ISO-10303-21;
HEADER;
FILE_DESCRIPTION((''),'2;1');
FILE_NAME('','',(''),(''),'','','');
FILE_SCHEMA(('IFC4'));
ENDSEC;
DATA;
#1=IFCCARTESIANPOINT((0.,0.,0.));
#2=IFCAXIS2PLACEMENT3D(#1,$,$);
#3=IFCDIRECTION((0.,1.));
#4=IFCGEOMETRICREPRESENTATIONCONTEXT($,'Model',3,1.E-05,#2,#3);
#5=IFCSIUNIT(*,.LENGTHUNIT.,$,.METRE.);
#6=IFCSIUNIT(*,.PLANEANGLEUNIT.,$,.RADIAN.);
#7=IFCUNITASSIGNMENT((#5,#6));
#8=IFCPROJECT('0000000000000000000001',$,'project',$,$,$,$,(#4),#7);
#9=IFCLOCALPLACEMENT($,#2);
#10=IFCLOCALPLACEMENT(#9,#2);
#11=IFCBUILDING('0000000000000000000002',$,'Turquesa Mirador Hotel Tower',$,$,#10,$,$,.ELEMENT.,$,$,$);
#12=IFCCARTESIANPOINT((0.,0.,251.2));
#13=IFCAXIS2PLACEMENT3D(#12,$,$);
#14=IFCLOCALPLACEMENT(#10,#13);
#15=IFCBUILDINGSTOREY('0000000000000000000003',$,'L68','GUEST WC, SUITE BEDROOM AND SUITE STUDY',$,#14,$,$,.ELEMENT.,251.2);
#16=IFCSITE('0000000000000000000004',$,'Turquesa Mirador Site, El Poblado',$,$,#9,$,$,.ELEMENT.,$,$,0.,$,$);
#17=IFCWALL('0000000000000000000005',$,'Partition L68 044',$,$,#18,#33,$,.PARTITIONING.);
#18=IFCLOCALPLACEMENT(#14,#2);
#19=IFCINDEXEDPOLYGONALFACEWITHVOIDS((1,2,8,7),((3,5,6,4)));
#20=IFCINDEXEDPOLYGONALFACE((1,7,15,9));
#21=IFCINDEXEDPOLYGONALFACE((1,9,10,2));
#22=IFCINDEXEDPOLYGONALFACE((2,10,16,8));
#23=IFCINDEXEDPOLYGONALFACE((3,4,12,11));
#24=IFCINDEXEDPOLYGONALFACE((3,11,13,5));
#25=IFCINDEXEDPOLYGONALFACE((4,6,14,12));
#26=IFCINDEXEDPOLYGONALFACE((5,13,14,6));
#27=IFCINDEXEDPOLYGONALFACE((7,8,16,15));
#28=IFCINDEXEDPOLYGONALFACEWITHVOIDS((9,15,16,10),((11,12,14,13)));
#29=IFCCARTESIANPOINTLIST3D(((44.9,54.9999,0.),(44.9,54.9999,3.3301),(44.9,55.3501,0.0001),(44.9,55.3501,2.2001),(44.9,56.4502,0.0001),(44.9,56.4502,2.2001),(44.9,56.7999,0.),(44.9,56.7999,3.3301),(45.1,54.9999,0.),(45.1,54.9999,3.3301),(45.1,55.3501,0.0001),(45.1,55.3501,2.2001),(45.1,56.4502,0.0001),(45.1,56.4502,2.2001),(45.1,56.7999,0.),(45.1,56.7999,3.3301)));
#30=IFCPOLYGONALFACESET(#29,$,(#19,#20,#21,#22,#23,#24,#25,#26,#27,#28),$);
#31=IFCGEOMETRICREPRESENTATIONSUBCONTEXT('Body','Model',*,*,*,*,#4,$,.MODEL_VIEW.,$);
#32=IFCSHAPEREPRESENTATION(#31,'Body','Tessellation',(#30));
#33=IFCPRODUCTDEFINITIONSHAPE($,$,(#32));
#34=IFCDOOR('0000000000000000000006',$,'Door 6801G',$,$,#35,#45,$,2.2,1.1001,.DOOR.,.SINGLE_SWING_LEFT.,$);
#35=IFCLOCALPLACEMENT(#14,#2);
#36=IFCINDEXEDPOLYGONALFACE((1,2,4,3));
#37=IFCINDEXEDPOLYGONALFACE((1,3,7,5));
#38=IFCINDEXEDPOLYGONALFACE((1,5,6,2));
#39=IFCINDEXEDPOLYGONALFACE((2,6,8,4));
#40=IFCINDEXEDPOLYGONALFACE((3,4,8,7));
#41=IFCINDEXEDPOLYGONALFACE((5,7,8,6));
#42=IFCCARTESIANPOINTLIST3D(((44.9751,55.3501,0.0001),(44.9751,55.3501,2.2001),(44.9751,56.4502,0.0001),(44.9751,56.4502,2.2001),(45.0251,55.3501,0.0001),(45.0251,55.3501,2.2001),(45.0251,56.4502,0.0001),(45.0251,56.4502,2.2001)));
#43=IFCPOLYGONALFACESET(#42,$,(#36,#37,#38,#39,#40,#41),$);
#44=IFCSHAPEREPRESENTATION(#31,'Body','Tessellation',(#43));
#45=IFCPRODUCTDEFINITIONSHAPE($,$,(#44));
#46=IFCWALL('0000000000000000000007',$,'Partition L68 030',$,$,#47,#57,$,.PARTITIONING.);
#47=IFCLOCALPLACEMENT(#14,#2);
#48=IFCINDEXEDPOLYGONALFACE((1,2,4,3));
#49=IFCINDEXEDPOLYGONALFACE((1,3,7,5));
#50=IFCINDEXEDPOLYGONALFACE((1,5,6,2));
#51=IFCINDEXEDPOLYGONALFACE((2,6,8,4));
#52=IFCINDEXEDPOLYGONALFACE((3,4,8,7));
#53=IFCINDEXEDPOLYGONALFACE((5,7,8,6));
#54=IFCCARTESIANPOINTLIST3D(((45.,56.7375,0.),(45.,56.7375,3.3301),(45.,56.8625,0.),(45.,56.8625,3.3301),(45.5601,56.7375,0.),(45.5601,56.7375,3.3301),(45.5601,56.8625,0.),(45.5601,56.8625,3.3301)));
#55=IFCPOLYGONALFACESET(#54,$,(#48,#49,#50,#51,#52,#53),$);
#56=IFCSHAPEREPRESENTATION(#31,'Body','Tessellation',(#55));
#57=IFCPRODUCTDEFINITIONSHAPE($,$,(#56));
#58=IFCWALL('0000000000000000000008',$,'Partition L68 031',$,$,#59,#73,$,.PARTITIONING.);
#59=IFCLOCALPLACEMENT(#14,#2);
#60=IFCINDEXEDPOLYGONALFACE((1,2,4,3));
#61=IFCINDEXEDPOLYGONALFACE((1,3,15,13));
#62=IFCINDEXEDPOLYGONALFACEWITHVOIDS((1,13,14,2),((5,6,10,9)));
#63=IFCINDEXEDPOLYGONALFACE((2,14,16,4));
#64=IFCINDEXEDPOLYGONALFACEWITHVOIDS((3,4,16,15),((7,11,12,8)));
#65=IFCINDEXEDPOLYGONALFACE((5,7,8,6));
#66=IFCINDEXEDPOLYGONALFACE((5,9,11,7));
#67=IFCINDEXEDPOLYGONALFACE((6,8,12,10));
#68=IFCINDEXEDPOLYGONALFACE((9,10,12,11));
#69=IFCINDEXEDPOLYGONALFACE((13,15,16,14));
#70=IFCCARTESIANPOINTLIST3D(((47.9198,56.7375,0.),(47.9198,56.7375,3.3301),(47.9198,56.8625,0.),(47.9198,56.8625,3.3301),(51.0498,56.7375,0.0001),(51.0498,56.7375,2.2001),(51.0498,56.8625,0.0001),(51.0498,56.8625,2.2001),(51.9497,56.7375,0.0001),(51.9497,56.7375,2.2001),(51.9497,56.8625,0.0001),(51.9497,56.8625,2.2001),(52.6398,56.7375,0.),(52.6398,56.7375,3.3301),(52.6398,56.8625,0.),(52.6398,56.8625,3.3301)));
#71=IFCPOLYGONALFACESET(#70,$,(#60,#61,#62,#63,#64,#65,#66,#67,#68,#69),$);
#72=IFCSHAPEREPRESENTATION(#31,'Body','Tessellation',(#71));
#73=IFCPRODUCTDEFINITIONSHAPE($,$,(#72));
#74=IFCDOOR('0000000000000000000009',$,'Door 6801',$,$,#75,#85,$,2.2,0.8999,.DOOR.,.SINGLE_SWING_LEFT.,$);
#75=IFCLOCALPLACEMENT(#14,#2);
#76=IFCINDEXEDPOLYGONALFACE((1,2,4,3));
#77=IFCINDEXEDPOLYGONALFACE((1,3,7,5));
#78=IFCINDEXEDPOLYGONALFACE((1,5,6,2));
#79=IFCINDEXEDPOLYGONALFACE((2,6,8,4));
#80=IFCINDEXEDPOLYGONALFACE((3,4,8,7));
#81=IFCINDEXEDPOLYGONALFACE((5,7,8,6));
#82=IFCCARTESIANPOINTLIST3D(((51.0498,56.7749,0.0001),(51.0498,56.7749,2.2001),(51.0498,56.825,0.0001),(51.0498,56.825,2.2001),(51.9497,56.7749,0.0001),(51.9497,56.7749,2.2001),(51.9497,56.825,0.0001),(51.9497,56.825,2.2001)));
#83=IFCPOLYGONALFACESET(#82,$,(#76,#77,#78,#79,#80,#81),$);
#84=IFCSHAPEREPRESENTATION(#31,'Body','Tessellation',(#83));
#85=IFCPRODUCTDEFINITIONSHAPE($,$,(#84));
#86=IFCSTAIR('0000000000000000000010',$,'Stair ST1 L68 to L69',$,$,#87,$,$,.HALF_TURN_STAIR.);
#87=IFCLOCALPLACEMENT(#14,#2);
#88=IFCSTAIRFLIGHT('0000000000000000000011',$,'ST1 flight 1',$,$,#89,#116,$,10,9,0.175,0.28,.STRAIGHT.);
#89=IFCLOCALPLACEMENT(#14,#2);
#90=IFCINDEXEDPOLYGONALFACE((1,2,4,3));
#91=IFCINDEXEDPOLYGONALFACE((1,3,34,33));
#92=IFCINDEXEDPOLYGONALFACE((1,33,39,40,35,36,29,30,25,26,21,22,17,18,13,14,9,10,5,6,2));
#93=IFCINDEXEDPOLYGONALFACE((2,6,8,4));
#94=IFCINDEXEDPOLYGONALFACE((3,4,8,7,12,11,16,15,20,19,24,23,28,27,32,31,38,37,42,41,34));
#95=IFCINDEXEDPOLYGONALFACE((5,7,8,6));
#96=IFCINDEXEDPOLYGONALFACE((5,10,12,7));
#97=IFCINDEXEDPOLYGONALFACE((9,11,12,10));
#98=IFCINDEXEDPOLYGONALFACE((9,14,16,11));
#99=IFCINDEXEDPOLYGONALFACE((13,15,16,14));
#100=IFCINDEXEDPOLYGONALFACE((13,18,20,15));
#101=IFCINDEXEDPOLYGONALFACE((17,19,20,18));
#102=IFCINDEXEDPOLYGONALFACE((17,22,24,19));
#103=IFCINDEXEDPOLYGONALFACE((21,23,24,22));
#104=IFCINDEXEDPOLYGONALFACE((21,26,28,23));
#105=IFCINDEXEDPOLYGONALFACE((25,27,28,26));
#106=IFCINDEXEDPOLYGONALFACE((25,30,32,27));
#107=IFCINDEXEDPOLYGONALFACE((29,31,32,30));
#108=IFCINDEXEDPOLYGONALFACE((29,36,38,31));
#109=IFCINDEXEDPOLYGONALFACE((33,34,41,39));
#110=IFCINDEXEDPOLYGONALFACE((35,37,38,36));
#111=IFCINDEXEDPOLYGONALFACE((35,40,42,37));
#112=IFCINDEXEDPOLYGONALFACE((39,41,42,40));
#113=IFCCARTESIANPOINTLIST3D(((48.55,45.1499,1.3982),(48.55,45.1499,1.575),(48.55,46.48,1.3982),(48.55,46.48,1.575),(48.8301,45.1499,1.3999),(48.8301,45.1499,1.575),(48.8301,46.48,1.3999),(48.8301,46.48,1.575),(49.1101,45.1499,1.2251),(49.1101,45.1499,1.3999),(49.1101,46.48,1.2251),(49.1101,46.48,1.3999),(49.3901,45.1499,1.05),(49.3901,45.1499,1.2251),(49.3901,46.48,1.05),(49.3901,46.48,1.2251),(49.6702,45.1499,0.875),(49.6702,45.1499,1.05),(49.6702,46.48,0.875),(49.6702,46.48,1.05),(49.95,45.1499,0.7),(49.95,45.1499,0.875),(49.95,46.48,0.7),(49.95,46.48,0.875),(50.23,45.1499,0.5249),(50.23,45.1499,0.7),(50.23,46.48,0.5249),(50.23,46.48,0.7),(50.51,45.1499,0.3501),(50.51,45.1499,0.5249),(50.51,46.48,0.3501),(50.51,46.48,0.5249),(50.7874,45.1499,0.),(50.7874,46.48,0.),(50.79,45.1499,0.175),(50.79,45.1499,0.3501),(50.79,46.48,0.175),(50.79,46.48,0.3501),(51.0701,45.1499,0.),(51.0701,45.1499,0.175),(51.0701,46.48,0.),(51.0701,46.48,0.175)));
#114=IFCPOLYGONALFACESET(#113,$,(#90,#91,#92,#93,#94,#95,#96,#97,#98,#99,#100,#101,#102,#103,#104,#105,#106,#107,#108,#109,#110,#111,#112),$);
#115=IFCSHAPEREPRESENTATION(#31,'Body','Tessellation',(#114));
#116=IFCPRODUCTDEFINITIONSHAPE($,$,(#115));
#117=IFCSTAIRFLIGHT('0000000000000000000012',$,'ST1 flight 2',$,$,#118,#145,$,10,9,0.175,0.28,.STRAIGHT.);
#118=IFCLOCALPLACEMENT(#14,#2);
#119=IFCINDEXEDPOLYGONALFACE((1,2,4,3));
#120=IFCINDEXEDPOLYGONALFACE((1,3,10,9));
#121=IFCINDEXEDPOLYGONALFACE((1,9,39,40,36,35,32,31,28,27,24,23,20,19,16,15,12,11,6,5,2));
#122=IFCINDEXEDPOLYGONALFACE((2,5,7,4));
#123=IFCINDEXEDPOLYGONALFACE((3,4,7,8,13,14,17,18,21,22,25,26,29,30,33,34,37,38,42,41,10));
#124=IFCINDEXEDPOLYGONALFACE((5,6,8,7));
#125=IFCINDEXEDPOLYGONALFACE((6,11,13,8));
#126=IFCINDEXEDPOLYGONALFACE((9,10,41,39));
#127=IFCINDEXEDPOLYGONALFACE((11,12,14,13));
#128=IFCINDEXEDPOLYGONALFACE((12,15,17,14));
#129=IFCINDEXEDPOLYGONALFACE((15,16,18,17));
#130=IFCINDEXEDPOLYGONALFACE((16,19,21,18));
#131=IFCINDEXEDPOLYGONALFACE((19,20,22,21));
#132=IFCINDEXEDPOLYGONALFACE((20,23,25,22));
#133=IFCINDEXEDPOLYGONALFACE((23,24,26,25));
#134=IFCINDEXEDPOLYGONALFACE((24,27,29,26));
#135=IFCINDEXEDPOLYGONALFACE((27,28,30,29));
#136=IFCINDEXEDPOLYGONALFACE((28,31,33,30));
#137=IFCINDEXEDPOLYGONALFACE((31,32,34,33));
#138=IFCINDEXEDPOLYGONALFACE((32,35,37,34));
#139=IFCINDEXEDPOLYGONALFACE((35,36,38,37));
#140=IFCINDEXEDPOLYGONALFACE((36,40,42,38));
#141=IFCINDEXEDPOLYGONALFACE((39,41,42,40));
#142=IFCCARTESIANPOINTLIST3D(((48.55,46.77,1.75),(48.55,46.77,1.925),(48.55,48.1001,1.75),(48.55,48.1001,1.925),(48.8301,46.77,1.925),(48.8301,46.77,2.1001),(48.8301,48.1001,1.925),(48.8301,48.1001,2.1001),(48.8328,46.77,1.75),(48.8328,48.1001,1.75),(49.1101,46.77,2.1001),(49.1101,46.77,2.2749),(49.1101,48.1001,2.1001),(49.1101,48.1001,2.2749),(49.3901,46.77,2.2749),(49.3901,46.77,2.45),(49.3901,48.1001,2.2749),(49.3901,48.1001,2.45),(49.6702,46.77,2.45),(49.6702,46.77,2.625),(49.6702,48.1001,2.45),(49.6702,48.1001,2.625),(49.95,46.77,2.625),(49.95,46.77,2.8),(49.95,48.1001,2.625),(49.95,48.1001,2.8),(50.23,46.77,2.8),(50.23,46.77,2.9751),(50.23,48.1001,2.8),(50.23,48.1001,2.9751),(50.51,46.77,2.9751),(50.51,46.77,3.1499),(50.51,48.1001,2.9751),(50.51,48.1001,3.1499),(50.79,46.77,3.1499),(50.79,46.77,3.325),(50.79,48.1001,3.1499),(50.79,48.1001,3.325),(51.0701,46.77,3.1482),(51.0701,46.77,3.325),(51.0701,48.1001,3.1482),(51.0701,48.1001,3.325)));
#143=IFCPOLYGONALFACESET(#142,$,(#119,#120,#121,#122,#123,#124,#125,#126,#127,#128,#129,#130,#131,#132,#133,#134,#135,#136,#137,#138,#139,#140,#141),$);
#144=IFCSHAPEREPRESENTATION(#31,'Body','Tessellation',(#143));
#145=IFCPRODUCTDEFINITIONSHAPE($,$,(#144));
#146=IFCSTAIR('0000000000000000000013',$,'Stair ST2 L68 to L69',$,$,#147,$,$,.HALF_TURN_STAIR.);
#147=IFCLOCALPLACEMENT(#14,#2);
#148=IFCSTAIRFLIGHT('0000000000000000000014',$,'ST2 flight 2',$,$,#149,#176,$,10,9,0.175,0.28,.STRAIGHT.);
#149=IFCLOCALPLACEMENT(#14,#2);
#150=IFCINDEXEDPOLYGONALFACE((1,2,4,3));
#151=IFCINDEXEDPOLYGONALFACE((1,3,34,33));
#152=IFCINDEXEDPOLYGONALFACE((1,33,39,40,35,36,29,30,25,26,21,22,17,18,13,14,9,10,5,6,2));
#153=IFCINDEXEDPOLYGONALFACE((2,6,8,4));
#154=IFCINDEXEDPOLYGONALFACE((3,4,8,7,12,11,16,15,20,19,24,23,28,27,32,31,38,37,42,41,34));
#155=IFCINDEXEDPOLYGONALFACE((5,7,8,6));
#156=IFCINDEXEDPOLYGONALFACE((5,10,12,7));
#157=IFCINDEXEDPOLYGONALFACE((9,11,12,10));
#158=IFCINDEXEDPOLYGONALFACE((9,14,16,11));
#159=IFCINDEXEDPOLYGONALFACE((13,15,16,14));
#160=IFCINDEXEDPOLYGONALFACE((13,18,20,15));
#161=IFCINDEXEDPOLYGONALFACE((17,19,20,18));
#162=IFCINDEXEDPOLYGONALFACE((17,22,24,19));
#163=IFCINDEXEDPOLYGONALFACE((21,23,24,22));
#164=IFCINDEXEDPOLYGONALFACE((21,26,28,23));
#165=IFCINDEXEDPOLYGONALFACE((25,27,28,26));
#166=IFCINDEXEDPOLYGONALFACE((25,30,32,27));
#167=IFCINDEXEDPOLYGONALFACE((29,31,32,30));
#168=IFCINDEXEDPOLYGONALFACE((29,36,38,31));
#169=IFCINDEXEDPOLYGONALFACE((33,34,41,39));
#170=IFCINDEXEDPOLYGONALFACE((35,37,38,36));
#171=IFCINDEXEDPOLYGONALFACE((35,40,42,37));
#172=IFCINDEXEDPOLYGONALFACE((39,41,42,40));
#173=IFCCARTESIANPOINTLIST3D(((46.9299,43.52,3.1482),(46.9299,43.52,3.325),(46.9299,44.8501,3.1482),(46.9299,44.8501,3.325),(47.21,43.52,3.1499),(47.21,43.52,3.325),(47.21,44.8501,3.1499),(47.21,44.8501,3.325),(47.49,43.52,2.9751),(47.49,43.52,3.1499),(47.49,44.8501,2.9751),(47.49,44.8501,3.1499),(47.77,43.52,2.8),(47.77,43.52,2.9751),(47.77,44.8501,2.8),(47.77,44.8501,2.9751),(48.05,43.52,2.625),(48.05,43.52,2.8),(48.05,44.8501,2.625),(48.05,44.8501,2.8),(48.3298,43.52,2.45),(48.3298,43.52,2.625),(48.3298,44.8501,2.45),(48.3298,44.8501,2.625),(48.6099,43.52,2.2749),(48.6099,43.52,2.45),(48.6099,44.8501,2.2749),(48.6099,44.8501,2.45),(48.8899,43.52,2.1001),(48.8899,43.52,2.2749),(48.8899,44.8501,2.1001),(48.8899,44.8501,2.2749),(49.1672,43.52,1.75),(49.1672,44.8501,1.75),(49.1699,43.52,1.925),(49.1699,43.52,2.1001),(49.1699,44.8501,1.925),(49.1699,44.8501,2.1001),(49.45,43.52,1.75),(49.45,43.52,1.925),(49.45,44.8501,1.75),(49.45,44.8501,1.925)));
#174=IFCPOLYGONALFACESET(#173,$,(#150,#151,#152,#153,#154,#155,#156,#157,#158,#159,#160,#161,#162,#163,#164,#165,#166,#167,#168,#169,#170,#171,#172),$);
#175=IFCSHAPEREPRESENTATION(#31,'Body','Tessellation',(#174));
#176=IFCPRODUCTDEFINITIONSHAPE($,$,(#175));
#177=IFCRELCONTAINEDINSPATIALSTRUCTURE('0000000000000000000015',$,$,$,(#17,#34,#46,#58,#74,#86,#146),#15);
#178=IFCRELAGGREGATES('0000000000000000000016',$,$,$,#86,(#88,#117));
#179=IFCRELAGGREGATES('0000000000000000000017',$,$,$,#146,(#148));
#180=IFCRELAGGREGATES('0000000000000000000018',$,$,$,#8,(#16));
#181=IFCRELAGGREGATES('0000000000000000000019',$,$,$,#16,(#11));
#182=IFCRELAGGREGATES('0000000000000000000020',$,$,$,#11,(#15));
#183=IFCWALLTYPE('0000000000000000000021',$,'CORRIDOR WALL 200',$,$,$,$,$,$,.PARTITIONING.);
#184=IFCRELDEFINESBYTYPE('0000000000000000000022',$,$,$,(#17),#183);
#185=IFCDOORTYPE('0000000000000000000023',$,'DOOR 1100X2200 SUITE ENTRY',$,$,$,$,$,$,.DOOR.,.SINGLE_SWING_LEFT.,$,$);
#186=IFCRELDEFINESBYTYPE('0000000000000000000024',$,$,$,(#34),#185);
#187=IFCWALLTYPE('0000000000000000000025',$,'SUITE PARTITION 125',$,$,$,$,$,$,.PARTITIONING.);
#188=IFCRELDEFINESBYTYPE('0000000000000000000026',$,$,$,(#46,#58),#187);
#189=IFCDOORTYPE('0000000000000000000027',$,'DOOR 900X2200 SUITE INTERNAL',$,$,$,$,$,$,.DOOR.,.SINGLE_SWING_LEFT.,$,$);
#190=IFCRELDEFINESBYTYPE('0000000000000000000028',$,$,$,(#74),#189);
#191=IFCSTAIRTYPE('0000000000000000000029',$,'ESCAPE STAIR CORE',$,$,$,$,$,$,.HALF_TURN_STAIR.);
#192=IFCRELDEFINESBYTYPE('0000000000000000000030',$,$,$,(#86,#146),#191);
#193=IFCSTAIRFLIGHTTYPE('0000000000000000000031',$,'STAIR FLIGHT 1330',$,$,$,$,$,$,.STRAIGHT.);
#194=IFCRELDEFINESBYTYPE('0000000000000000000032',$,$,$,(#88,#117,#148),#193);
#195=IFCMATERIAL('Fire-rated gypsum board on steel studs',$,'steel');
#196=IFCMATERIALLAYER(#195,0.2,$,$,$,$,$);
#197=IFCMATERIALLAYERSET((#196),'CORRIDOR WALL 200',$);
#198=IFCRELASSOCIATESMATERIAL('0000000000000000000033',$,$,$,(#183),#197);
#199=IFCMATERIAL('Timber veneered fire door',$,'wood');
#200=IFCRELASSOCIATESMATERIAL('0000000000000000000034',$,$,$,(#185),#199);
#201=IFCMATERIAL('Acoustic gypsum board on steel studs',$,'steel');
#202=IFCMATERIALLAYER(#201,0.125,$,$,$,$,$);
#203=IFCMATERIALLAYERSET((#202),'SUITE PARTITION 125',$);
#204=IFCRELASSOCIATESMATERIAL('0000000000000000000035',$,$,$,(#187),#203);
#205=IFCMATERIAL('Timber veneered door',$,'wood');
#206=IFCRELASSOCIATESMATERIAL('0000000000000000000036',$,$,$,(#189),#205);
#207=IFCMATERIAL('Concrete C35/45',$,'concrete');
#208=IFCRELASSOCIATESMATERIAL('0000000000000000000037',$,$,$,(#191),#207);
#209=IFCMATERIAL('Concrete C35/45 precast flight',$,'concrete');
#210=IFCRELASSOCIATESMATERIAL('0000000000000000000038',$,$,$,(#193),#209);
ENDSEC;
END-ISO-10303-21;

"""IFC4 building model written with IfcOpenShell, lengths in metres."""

from ifc_helpers import new_model, si_unit, direction, frame, frame_2d, origin, place, context, subcontext, project, spatial, polyline, rectangle, outline, extrude, material, layer, layer_set, type_object, element, fill, aggregate, save


model = new_model("IFC4")

# Units and contexts
model_context = context("Model", 3, precision=1e-05, world=origin(), true_north=direction((0.0, 1.0)))
body_context = subcontext(model_context, "Body", "Model", "MODEL_VIEW")
ifc_project = project(units=[si_unit("LENGTHUNIT", "METRE"), si_unit("PLANEANGLEUNIT", "RADIAN")], contexts=[model_context])

# Site, building, storey
site_placement = place(None, origin())
site = spatial("IfcSite", under=ifc_project, at=site_placement, Name="Turquesa Mirador Site, El Poblado", CompositionType="ELEMENT", RefElevation=0.0)
building_placement = place(site_placement, origin())
building = spatial("IfcBuilding", under=site, at=building_placement, Name="Turquesa Mirador Hotel Tower", CompositionType="ELEMENT")
storey_placement = place(building_placement, frame((0.0, 0.0, 251.2)))
storey = spatial("IfcBuildingStorey", under=building, at=storey_placement, Name="L68", Description="GUEST WC, SUITE BEDROOM AND SUITE STUDY", CompositionType="ELEMENT", Elevation=251.2)

# Wall, opening, door
ifc_material_1 = material(Name="Fire-rated gypsum board on steel studs", Category="steel")
ifc_layer_1 = layer(ifc_material_1, 0.2)
ifc_layer_set_1 = layer_set([ifc_layer_1], Name="CORRIDOR WALL 200")
wall_type_1 = type_object("IfcWallType", Name="CORRIDOR WALL 200", PredefinedType="PARTITIONING", material=ifc_layer_set_1)
wall_1_placement = place(storey_placement, frame((45.0, 55.0, 0.0), z_axis=(0.0, 0.0, 1.0), x_axis=(0.0, 1.0, 0.0)))
wall_1 = element("IfcWall", 1, at=wall_1_placement, inside=storey, type_object=wall_type_1, Name="Partition L68 044", PredefinedType="PARTITIONING", context=body_context, shape_type="SweptSolid", body=[
    extrude(rectangle(XDim=1.8, YDim=0.2, at=frame_2d((0.8999, 0.0))), origin(), (0.0, 0.0, 1.0), 3.3301),
])
opening_1_placement = place(wall_1_placement, frame((0.3501, 0.0, 0.0)))
opening_1 = element("IfcOpeningElement", 2, at=opening_1_placement, cuts=wall_1, PredefinedType="OPENING", context=body_context, shape_type="SweptSolid", body=[
    extrude(rectangle(XDim=1.1001, YDim=2.2, at=frame_2d((0.55, 1.1001))), frame((0.0, 0.1099, 0.0), z_axis=(0.0, -1.0, 0.0), x_axis=(1.0, 0.0, 0.0)), (0.0, 0.0, 1.0), 0.22),
])
ifc_material_2 = material(Name="Timber veneered fire door", Category="wood")
door_type_1 = type_object("IfcDoorType", Name="DOOR 1100X2200 SUITE ENTRY", OperationType="SINGLE_SWING_LEFT", PredefinedType="DOOR", material=ifc_material_2)
door_1_placement = place(opening_1_placement, origin())
door_1 = element("IfcDoor", 3, at=door_1_placement, inside=storey, type_object=door_type_1, Name="Door 6801G", OperationType="SINGLE_SWING_LEFT", OverallHeight=2.2, OverallWidth=1.1001, PredefinedType="DOOR", context=body_context, shape_type="SweptSolid", body=[
    extrude(rectangle(XDim=1.1001, YDim=2.2, at=frame_2d((0.55, 1.1001))), frame((0.0, 0.0249, 0.0), z_axis=(0.0, -1.0, 0.0), x_axis=(1.0, 0.0, 0.0)), (0.0, 0.0, 1.0), 0.05),
])
fill(opening_1, door_1)

# Wall
ifc_material_3 = material(Name="Acoustic gypsum board on steel studs", Category="steel")
ifc_layer_2 = layer(ifc_material_3, 0.125)
ifc_layer_set_2 = layer_set([ifc_layer_2], Name="SUITE PARTITION 125")
wall_type_2 = type_object("IfcWallType", Name="SUITE PARTITION 125", PredefinedType="PARTITIONING", material=ifc_layer_set_2)
wall_2_placement = place(storey_placement, frame((45.0, 56.8, 0.0), z_axis=(0.0, 0.0, 1.0), x_axis=(1.0, 0.0, 0.0)))
element("IfcWall", 4, at=wall_2_placement, inside=storey, type_object=wall_type_2, Name="Partition L68 030", PredefinedType="PARTITIONING", context=body_context, shape_type="SweptSolid", body=[
    extrude(rectangle(XDim=0.5601, YDim=0.125, at=frame_2d((0.28, 0.0))), origin(), (0.0, 0.0, 1.0), 3.3301),
])

# Wall, opening, door
wall_3_placement = place(storey_placement, frame((47.9199, 56.8, 0.0), z_axis=(0.0, 0.0, 1.0), x_axis=(1.0, 0.0, 0.0)))
wall_3 = element("IfcWall", 5, at=wall_3_placement, inside=storey, type_object=wall_type_2, Name="Partition L68 031", PredefinedType="PARTITIONING", context=body_context, shape_type="SweptSolid", body=[
    extrude(rectangle(XDim=4.72, YDim=0.125, at=frame_2d((2.3599, 0.0))), origin(), (0.0, 0.0, 1.0), 3.3301),
])
opening_2_placement = place(wall_3_placement, frame((3.1299, 0.0, 0.0)))
opening_2 = element("IfcOpeningElement", 6, at=opening_2_placement, cuts=wall_3, PredefinedType="OPENING", context=body_context, shape_type="SweptSolid", body=[
    extrude(rectangle(XDim=0.8999, YDim=2.2, at=frame_2d((0.45, 1.1001))), frame((0.0, 0.0725, 0.0), z_axis=(0.0, -1.0, 0.0), x_axis=(1.0, 0.0, 0.0)), (0.0, 0.0, 1.0), 0.145),
])
ifc_material_4 = material(Name="Timber veneered door", Category="wood")
door_type_2 = type_object("IfcDoorType", Name="DOOR 900X2200 SUITE INTERNAL", OperationType="SINGLE_SWING_LEFT", PredefinedType="DOOR", material=ifc_material_4)
door_2_placement = place(opening_2_placement, origin())
door_2 = element("IfcDoor", 7, at=door_2_placement, inside=storey, type_object=door_type_2, Name="Door 6801", OperationType="SINGLE_SWING_LEFT", OverallHeight=2.2, OverallWidth=0.8999, PredefinedType="DOOR", context=body_context, shape_type="SweptSolid", body=[
    extrude(rectangle(XDim=0.8999, YDim=2.2, at=frame_2d((0.45, 1.1001))), frame((0.0, 0.0249, 0.0), z_axis=(0.0, -1.0, 0.0), x_axis=(1.0, 0.0, 0.0)), (0.0, 0.0, 1.0), 0.05),
])
fill(opening_2, door_2)

# Stair, stair flights
ifc_material_5 = material(Name="Concrete C35/45", Category="concrete")
stair_type = type_object("IfcStairType", Name="ESCAPE STAIR CORE", PredefinedType="HALF_TURN_STAIR", material=ifc_material_5)
stair_1_placement = place(storey_placement, origin())
stair_1 = element("IfcStair", 8, at=stair_1_placement, inside=storey, type_object=stair_type, Name="Stair ST1 L68 to L69", PredefinedType="HALF_TURN_STAIR")
ifc_material_6 = material(Name="Concrete C35/45 precast flight", Category="concrete")
stair_flight_type = type_object("IfcStairFlightType", Name="STAIR FLIGHT 1330", PredefinedType="STRAIGHT", material=ifc_material_6)
stair_flight_1_placement = place(storey_placement, frame((51.0701, 45.8149, 0.0), z_axis=(0.0, 0.0, 1.0), x_axis=(-1.0, 0.0, 0.0)))
stair_flight_1 = element("IfcStairFlight", 9, at=stair_flight_1_placement, type_object=stair_flight_type, Name="ST1 flight 1", NumberOfRisers=10, NumberOfTreads=9, PredefinedType="STRAIGHT", RiserHeight=0.175, TreadLength=0.28, context=body_context, shape_type="SweptSolid", body=[
    extrude(outline(polyline([(0.0, 0.0), (0.0, 0.175), (0.28, 0.175), (0.28, 0.3501), (0.5601, 0.3501), (0.5601, 0.5249), (0.8401, 0.5249), (0.8401, 0.7), (1.1201, 0.7), (1.1201, 0.875), (1.3999, 0.875), (1.3999, 1.05), (1.6799, 1.05), (1.6799, 1.2251), (1.96, 1.2251), (1.96, 1.3999), (2.24, 1.3999), (2.24, 1.575), (2.52, 1.575), (2.52, 1.75), (2.52, 1.3982), (0.2827, 0.0), (0.0, 0.0)])), frame((0.0, 0.665, 0.0), z_axis=(0.0, -1.0, 0.0), x_axis=(1.0, 0.0, 0.0)), (0.0, 0.0, 1.0), 1.3301),
])
stair_flight_2_placement = place(storey_placement, frame((48.55, 47.4351, 1.75), z_axis=(0.0, 0.0, 1.0), x_axis=(1.0, 0.0, 0.0)))
stair_flight_2 = element("IfcStairFlight", 10, at=stair_flight_2_placement, type_object=stair_flight_type, Name="ST1 flight 2", NumberOfRisers=10, NumberOfTreads=9, PredefinedType="STRAIGHT", RiserHeight=0.175, TreadLength=0.28, context=body_context, shape_type="SweptSolid", body=[
    extrude(outline(polyline([(0.0, 0.0), (0.0, 0.175), (0.28, 0.175), (0.28, 0.3501), (0.5601, 0.3501), (0.5601, 0.5249), (0.8401, 0.5249), (0.8401, 0.7), (1.1201, 0.7), (1.1201, 0.875), (1.3999, 0.875), (1.3999, 1.05), (1.6799, 1.05), (1.6799, 1.2251), (1.96, 1.2251), (1.96, 1.3999), (2.24, 1.3999), (2.24, 1.575), (2.52, 1.575), (2.52, 1.75), (2.52, 1.3982), (0.2827, 0.0), (0.0, 0.0)])), frame((0.0, 0.665, 0.0), z_axis=(0.0, -1.0, 0.0), x_axis=(1.0, 0.0, 0.0)), (0.0, 0.0, 1.0), 1.3301),
])
aggregate(stair_1, [stair_flight_1, stair_flight_2])

# Stair, stair flight
stair_2_placement = place(storey_placement, origin())
stair_2 = element("IfcStair", 11, at=stair_2_placement, inside=storey, type_object=stair_type, Name="Stair ST2 L68 to L69", PredefinedType="HALF_TURN_STAIR")
stair_flight_3_placement = place(storey_placement, frame((49.45, 44.1851, 1.75), z_axis=(0.0, 0.0, 1.0), x_axis=(-1.0, 0.0, 0.0)))
stair_flight_3 = element("IfcStairFlight", 12, at=stair_flight_3_placement, type_object=stair_flight_type, Name="ST2 flight 2", NumberOfRisers=10, NumberOfTreads=9, PredefinedType="STRAIGHT", RiserHeight=0.175, TreadLength=0.28, context=body_context, shape_type="SweptSolid", body=[
    extrude(outline(polyline([(0.0, 0.0), (0.0, 0.175), (0.28, 0.175), (0.28, 0.3501), (0.5601, 0.3501), (0.5601, 0.5249), (0.8401, 0.5249), (0.8401, 0.7), (1.1201, 0.7), (1.1201, 0.875), (1.3999, 0.875), (1.3999, 1.05), (1.6799, 1.05), (1.6799, 1.2251), (1.96, 1.2251), (1.96, 1.3999), (2.24, 1.3999), (2.24, 1.575), (2.52, 1.575), (2.52, 1.75), (2.52, 1.3982), (0.2827, 0.0), (0.0, 0.0)])), frame((0.0, 0.665, 0.0), z_axis=(0.0, -1.0, 0.0), x_axis=(1.0, 0.0, 0.0)), (0.0, 0.0, 1.0), 1.3301),
])
aggregate(stair_2, [stair_flight_3])

save(model, "model.ifc")
